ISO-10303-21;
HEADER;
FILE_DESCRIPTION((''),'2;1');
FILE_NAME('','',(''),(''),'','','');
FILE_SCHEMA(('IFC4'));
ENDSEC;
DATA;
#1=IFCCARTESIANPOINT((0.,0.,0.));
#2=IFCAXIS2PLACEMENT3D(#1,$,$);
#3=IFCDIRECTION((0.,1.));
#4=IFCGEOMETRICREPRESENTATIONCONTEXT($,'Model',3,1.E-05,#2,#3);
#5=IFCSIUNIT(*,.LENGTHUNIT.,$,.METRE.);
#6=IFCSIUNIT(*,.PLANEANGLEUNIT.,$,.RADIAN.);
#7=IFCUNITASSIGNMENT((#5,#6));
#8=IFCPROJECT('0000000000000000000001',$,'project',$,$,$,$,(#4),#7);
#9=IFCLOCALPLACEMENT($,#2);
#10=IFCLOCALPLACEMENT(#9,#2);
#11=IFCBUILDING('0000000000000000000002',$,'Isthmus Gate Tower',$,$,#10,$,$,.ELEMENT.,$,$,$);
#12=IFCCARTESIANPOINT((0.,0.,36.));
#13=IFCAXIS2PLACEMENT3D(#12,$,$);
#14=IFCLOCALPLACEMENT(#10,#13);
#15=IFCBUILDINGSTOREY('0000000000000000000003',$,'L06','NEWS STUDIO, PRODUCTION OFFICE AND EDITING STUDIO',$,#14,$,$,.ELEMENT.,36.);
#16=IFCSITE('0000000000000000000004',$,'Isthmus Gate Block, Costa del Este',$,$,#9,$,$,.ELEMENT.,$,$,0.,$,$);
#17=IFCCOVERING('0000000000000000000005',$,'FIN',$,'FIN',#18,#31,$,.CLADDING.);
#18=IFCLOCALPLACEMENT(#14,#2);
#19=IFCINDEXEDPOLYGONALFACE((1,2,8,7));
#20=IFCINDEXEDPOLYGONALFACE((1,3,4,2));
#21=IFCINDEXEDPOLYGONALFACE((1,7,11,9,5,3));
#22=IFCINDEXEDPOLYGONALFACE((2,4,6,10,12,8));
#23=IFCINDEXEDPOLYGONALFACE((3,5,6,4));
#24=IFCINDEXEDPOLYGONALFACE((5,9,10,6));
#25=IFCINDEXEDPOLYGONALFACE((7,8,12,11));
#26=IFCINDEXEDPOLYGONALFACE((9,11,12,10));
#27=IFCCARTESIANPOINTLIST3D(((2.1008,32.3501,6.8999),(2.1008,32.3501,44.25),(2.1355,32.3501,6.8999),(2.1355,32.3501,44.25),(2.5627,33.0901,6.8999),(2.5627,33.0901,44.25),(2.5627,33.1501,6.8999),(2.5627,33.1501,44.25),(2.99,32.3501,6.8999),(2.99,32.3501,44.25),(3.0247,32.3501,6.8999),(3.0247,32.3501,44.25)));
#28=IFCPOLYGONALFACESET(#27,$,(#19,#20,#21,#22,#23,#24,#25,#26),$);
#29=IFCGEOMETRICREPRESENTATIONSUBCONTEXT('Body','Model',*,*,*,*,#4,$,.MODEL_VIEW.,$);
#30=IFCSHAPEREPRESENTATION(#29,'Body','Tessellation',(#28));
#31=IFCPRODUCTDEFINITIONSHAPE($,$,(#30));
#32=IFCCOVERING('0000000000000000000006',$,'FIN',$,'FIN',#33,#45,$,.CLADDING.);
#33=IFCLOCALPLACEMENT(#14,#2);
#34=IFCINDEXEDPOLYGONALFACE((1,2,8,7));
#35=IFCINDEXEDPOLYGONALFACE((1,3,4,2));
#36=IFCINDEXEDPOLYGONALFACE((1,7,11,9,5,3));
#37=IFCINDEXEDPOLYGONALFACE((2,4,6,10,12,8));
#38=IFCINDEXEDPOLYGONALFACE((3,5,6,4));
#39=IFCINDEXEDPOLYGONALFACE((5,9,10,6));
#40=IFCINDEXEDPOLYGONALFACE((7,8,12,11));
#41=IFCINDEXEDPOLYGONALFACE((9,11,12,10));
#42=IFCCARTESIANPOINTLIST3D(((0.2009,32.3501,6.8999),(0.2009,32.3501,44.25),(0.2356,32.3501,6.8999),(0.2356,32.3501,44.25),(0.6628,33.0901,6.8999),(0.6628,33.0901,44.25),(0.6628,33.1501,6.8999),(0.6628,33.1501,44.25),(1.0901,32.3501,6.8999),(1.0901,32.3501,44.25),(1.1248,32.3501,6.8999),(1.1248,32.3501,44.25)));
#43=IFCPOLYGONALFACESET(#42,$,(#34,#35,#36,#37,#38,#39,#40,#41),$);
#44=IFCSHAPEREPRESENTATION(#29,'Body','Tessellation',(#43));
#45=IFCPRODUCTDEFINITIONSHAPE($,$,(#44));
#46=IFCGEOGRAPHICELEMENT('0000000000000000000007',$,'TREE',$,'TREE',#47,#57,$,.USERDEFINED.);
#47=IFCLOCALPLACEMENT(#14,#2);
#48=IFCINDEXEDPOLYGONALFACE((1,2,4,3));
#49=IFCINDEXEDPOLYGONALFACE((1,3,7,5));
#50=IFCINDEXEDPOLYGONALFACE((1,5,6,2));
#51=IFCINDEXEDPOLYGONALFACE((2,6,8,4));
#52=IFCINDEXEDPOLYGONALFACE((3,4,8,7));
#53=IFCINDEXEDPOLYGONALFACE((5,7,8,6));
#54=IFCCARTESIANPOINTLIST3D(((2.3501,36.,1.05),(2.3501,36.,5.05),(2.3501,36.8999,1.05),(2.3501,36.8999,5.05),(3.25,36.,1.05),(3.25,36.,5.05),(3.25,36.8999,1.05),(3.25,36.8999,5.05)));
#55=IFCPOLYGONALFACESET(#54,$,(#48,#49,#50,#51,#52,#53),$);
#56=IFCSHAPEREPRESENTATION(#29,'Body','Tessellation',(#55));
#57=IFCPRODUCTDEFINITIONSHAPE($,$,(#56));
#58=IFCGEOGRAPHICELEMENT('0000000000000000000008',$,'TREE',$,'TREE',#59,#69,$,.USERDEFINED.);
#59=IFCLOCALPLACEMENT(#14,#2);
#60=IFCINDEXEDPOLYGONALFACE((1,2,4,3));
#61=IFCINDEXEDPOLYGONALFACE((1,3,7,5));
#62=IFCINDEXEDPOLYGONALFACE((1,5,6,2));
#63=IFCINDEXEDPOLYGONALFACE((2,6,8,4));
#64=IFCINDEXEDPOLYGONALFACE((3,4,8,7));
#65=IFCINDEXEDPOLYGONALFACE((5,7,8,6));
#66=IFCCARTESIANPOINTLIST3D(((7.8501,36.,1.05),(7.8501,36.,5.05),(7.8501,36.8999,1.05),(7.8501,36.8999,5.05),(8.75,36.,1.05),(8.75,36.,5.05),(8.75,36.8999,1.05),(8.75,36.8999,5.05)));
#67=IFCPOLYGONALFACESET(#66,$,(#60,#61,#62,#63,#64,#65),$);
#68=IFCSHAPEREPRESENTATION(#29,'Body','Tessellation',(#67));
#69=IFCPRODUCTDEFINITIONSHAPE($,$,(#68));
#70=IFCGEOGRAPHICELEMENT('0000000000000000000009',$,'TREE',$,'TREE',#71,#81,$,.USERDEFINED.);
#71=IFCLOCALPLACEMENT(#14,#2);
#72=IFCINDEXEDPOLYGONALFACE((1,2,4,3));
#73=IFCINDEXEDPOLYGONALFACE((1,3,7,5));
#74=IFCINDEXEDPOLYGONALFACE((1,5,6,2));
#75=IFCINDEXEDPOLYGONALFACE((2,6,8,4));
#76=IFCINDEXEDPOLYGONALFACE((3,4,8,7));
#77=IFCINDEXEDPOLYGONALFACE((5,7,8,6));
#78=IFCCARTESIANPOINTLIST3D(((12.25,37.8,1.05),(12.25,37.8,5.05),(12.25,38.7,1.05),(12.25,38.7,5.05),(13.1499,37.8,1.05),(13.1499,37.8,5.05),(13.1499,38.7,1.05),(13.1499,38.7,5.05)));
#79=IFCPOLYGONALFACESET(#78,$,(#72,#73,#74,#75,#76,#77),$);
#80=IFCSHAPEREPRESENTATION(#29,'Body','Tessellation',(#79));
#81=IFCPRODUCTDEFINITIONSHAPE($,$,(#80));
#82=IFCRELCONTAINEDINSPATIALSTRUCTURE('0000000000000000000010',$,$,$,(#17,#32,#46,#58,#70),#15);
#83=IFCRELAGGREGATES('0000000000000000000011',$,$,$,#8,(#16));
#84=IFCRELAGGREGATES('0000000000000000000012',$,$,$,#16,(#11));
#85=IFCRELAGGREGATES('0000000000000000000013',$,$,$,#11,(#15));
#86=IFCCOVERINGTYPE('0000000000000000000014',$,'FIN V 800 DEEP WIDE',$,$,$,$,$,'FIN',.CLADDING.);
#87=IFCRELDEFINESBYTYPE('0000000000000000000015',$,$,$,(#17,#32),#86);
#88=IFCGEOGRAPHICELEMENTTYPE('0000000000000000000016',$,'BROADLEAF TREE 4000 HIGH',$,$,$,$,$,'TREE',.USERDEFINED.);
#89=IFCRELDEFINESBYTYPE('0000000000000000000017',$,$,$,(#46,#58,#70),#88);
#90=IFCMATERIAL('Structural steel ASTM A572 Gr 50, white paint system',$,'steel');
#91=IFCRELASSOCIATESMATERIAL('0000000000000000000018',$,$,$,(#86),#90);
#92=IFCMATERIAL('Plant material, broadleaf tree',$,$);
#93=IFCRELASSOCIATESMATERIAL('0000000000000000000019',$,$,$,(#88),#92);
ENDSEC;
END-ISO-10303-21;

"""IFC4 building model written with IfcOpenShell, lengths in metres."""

from ifc_helpers import new_model, si_unit, direction, frame, origin, origin_2d, place, context, subcontext, project, spatial, polyline, rectangle, outline, extrude, material, material_profile, profile_set, type_object, element, save


model = new_model("IFC4")

# Units and contexts
model_context = context("Model", 3, precision=1e-05, world=origin(), true_north=direction((0.0, 1.0)))
body_context = subcontext(model_context, "Body", "Model", "MODEL_VIEW")
ifc_project = project(units=[si_unit("LENGTHUNIT", "METRE"), si_unit("PLANEANGLEUNIT", "RADIAN")], contexts=[model_context])

# Site, building, storey
site_placement = place(None, origin())
site = spatial("IfcSite", under=ifc_project, at=site_placement, Name="Isthmus Gate Block, Costa del Este", CompositionType="ELEMENT", RefElevation=0.0)
building_placement = place(site_placement, origin())
building = spatial("IfcBuilding", under=site, at=building_placement, Name="Isthmus Gate Tower", CompositionType="ELEMENT")
storey_placement = place(building_placement, frame((0.0, 0.0, 36.0)))
storey = spatial("IfcBuildingStorey", under=building, at=storey_placement, Name="L06", Description="NEWS STUDIO, PRODUCTION OFFICE AND EDITING STUDIO", CompositionType="ELEMENT", Elevation=36.0)

# Coverings
ifc_material_1 = material(Name="Structural steel ASTM A572 Gr 50, white paint system", Category="steel")
ifc_material_profile_1 = material_profile(ifc_material_1, outline(polyline([(0.0, -0.4619), (0.8, 0.0), (0.0, 0.4619), (0.0, 0.4272), (0.74, 0.0), (0.0, -0.4272), (0.0, -0.4619)])), Name="V800W")
ifc_profile_set_1 = profile_set([ifc_material_profile_1], Name="Structural steel ASTM A572 Gr 50, white paint system")
covering_type_1 = type_object("IfcCoveringType", Name="FIN V 800 DEEP WIDE", ElementType="FIN", PredefinedType="CLADDING", material=ifc_profile_set_1)
for number, where, z_axis, x_axis, name in (
    (1, (2.5627, 32.3501, 6.8999), (0.0, 0.0, 1.0), (0.0, 1.0, 0.0), "FIN"),
    (2, (0.6628, 32.3501, 6.8999), (0.0, 0.0, 1.0), (0.0, 1.0, 0.0), "FIN"),
):
    element("IfcCovering", number, at=place(storey_placement, frame(where, z_axis=z_axis, x_axis=x_axis)), inside=storey, type_object=covering_type_1, Name=name, ObjectType="FIN", PredefinedType="CLADDING", context=body_context, shape_type="SweptSolid", body=[
        extrude(outline(polyline([(0.0, -0.4619), (0.8, 0.0), (0.0, 0.4619), (0.0, 0.4272), (0.74, 0.0), (0.0, -0.4272), (0.0, -0.4619)])), origin(), (0.0, 0.0, 1.0), 37.3501),
    ])

# Geographic elements
ifc_material_2 = material(Name="Plant material, broadleaf tree")
geographic_element_type = type_object("IfcGeographicElementType", Name="BROADLEAF TREE 4000 HIGH", ElementType="TREE", PredefinedType="USERDEFINED", material=ifc_material_2)
for number, where, z_axis, x_axis, name in (
    (3, (2.8, 36.45, 1.05), (0.0, 0.0, 1.0), (1.0, 0.0, 0.0), "TREE"),
    (4, (8.3, 36.45, 1.05), (0.0, 0.0, 1.0), (1.0, 0.0, 0.0), "TREE"),
    (5, (12.7, 38.25, 1.05), (0.0, 0.0, 1.0), (1.0, 0.0, 0.0), "TREE"),
):
    element("IfcGeographicElement", number, at=place(storey_placement, frame(where, z_axis=z_axis, x_axis=x_axis)), inside=storey, type_object=geographic_element_type, Name=name, ObjectType="TREE", PredefinedType="USERDEFINED", context=body_context, shape_type="SweptSolid", body=[
        extrude(rectangle(XDim=0.8999, YDim=0.8999, at=origin_2d()), origin(), (0.0, 0.0, 1.0), 4.0),
    ])

save(model, "model.ifc")
